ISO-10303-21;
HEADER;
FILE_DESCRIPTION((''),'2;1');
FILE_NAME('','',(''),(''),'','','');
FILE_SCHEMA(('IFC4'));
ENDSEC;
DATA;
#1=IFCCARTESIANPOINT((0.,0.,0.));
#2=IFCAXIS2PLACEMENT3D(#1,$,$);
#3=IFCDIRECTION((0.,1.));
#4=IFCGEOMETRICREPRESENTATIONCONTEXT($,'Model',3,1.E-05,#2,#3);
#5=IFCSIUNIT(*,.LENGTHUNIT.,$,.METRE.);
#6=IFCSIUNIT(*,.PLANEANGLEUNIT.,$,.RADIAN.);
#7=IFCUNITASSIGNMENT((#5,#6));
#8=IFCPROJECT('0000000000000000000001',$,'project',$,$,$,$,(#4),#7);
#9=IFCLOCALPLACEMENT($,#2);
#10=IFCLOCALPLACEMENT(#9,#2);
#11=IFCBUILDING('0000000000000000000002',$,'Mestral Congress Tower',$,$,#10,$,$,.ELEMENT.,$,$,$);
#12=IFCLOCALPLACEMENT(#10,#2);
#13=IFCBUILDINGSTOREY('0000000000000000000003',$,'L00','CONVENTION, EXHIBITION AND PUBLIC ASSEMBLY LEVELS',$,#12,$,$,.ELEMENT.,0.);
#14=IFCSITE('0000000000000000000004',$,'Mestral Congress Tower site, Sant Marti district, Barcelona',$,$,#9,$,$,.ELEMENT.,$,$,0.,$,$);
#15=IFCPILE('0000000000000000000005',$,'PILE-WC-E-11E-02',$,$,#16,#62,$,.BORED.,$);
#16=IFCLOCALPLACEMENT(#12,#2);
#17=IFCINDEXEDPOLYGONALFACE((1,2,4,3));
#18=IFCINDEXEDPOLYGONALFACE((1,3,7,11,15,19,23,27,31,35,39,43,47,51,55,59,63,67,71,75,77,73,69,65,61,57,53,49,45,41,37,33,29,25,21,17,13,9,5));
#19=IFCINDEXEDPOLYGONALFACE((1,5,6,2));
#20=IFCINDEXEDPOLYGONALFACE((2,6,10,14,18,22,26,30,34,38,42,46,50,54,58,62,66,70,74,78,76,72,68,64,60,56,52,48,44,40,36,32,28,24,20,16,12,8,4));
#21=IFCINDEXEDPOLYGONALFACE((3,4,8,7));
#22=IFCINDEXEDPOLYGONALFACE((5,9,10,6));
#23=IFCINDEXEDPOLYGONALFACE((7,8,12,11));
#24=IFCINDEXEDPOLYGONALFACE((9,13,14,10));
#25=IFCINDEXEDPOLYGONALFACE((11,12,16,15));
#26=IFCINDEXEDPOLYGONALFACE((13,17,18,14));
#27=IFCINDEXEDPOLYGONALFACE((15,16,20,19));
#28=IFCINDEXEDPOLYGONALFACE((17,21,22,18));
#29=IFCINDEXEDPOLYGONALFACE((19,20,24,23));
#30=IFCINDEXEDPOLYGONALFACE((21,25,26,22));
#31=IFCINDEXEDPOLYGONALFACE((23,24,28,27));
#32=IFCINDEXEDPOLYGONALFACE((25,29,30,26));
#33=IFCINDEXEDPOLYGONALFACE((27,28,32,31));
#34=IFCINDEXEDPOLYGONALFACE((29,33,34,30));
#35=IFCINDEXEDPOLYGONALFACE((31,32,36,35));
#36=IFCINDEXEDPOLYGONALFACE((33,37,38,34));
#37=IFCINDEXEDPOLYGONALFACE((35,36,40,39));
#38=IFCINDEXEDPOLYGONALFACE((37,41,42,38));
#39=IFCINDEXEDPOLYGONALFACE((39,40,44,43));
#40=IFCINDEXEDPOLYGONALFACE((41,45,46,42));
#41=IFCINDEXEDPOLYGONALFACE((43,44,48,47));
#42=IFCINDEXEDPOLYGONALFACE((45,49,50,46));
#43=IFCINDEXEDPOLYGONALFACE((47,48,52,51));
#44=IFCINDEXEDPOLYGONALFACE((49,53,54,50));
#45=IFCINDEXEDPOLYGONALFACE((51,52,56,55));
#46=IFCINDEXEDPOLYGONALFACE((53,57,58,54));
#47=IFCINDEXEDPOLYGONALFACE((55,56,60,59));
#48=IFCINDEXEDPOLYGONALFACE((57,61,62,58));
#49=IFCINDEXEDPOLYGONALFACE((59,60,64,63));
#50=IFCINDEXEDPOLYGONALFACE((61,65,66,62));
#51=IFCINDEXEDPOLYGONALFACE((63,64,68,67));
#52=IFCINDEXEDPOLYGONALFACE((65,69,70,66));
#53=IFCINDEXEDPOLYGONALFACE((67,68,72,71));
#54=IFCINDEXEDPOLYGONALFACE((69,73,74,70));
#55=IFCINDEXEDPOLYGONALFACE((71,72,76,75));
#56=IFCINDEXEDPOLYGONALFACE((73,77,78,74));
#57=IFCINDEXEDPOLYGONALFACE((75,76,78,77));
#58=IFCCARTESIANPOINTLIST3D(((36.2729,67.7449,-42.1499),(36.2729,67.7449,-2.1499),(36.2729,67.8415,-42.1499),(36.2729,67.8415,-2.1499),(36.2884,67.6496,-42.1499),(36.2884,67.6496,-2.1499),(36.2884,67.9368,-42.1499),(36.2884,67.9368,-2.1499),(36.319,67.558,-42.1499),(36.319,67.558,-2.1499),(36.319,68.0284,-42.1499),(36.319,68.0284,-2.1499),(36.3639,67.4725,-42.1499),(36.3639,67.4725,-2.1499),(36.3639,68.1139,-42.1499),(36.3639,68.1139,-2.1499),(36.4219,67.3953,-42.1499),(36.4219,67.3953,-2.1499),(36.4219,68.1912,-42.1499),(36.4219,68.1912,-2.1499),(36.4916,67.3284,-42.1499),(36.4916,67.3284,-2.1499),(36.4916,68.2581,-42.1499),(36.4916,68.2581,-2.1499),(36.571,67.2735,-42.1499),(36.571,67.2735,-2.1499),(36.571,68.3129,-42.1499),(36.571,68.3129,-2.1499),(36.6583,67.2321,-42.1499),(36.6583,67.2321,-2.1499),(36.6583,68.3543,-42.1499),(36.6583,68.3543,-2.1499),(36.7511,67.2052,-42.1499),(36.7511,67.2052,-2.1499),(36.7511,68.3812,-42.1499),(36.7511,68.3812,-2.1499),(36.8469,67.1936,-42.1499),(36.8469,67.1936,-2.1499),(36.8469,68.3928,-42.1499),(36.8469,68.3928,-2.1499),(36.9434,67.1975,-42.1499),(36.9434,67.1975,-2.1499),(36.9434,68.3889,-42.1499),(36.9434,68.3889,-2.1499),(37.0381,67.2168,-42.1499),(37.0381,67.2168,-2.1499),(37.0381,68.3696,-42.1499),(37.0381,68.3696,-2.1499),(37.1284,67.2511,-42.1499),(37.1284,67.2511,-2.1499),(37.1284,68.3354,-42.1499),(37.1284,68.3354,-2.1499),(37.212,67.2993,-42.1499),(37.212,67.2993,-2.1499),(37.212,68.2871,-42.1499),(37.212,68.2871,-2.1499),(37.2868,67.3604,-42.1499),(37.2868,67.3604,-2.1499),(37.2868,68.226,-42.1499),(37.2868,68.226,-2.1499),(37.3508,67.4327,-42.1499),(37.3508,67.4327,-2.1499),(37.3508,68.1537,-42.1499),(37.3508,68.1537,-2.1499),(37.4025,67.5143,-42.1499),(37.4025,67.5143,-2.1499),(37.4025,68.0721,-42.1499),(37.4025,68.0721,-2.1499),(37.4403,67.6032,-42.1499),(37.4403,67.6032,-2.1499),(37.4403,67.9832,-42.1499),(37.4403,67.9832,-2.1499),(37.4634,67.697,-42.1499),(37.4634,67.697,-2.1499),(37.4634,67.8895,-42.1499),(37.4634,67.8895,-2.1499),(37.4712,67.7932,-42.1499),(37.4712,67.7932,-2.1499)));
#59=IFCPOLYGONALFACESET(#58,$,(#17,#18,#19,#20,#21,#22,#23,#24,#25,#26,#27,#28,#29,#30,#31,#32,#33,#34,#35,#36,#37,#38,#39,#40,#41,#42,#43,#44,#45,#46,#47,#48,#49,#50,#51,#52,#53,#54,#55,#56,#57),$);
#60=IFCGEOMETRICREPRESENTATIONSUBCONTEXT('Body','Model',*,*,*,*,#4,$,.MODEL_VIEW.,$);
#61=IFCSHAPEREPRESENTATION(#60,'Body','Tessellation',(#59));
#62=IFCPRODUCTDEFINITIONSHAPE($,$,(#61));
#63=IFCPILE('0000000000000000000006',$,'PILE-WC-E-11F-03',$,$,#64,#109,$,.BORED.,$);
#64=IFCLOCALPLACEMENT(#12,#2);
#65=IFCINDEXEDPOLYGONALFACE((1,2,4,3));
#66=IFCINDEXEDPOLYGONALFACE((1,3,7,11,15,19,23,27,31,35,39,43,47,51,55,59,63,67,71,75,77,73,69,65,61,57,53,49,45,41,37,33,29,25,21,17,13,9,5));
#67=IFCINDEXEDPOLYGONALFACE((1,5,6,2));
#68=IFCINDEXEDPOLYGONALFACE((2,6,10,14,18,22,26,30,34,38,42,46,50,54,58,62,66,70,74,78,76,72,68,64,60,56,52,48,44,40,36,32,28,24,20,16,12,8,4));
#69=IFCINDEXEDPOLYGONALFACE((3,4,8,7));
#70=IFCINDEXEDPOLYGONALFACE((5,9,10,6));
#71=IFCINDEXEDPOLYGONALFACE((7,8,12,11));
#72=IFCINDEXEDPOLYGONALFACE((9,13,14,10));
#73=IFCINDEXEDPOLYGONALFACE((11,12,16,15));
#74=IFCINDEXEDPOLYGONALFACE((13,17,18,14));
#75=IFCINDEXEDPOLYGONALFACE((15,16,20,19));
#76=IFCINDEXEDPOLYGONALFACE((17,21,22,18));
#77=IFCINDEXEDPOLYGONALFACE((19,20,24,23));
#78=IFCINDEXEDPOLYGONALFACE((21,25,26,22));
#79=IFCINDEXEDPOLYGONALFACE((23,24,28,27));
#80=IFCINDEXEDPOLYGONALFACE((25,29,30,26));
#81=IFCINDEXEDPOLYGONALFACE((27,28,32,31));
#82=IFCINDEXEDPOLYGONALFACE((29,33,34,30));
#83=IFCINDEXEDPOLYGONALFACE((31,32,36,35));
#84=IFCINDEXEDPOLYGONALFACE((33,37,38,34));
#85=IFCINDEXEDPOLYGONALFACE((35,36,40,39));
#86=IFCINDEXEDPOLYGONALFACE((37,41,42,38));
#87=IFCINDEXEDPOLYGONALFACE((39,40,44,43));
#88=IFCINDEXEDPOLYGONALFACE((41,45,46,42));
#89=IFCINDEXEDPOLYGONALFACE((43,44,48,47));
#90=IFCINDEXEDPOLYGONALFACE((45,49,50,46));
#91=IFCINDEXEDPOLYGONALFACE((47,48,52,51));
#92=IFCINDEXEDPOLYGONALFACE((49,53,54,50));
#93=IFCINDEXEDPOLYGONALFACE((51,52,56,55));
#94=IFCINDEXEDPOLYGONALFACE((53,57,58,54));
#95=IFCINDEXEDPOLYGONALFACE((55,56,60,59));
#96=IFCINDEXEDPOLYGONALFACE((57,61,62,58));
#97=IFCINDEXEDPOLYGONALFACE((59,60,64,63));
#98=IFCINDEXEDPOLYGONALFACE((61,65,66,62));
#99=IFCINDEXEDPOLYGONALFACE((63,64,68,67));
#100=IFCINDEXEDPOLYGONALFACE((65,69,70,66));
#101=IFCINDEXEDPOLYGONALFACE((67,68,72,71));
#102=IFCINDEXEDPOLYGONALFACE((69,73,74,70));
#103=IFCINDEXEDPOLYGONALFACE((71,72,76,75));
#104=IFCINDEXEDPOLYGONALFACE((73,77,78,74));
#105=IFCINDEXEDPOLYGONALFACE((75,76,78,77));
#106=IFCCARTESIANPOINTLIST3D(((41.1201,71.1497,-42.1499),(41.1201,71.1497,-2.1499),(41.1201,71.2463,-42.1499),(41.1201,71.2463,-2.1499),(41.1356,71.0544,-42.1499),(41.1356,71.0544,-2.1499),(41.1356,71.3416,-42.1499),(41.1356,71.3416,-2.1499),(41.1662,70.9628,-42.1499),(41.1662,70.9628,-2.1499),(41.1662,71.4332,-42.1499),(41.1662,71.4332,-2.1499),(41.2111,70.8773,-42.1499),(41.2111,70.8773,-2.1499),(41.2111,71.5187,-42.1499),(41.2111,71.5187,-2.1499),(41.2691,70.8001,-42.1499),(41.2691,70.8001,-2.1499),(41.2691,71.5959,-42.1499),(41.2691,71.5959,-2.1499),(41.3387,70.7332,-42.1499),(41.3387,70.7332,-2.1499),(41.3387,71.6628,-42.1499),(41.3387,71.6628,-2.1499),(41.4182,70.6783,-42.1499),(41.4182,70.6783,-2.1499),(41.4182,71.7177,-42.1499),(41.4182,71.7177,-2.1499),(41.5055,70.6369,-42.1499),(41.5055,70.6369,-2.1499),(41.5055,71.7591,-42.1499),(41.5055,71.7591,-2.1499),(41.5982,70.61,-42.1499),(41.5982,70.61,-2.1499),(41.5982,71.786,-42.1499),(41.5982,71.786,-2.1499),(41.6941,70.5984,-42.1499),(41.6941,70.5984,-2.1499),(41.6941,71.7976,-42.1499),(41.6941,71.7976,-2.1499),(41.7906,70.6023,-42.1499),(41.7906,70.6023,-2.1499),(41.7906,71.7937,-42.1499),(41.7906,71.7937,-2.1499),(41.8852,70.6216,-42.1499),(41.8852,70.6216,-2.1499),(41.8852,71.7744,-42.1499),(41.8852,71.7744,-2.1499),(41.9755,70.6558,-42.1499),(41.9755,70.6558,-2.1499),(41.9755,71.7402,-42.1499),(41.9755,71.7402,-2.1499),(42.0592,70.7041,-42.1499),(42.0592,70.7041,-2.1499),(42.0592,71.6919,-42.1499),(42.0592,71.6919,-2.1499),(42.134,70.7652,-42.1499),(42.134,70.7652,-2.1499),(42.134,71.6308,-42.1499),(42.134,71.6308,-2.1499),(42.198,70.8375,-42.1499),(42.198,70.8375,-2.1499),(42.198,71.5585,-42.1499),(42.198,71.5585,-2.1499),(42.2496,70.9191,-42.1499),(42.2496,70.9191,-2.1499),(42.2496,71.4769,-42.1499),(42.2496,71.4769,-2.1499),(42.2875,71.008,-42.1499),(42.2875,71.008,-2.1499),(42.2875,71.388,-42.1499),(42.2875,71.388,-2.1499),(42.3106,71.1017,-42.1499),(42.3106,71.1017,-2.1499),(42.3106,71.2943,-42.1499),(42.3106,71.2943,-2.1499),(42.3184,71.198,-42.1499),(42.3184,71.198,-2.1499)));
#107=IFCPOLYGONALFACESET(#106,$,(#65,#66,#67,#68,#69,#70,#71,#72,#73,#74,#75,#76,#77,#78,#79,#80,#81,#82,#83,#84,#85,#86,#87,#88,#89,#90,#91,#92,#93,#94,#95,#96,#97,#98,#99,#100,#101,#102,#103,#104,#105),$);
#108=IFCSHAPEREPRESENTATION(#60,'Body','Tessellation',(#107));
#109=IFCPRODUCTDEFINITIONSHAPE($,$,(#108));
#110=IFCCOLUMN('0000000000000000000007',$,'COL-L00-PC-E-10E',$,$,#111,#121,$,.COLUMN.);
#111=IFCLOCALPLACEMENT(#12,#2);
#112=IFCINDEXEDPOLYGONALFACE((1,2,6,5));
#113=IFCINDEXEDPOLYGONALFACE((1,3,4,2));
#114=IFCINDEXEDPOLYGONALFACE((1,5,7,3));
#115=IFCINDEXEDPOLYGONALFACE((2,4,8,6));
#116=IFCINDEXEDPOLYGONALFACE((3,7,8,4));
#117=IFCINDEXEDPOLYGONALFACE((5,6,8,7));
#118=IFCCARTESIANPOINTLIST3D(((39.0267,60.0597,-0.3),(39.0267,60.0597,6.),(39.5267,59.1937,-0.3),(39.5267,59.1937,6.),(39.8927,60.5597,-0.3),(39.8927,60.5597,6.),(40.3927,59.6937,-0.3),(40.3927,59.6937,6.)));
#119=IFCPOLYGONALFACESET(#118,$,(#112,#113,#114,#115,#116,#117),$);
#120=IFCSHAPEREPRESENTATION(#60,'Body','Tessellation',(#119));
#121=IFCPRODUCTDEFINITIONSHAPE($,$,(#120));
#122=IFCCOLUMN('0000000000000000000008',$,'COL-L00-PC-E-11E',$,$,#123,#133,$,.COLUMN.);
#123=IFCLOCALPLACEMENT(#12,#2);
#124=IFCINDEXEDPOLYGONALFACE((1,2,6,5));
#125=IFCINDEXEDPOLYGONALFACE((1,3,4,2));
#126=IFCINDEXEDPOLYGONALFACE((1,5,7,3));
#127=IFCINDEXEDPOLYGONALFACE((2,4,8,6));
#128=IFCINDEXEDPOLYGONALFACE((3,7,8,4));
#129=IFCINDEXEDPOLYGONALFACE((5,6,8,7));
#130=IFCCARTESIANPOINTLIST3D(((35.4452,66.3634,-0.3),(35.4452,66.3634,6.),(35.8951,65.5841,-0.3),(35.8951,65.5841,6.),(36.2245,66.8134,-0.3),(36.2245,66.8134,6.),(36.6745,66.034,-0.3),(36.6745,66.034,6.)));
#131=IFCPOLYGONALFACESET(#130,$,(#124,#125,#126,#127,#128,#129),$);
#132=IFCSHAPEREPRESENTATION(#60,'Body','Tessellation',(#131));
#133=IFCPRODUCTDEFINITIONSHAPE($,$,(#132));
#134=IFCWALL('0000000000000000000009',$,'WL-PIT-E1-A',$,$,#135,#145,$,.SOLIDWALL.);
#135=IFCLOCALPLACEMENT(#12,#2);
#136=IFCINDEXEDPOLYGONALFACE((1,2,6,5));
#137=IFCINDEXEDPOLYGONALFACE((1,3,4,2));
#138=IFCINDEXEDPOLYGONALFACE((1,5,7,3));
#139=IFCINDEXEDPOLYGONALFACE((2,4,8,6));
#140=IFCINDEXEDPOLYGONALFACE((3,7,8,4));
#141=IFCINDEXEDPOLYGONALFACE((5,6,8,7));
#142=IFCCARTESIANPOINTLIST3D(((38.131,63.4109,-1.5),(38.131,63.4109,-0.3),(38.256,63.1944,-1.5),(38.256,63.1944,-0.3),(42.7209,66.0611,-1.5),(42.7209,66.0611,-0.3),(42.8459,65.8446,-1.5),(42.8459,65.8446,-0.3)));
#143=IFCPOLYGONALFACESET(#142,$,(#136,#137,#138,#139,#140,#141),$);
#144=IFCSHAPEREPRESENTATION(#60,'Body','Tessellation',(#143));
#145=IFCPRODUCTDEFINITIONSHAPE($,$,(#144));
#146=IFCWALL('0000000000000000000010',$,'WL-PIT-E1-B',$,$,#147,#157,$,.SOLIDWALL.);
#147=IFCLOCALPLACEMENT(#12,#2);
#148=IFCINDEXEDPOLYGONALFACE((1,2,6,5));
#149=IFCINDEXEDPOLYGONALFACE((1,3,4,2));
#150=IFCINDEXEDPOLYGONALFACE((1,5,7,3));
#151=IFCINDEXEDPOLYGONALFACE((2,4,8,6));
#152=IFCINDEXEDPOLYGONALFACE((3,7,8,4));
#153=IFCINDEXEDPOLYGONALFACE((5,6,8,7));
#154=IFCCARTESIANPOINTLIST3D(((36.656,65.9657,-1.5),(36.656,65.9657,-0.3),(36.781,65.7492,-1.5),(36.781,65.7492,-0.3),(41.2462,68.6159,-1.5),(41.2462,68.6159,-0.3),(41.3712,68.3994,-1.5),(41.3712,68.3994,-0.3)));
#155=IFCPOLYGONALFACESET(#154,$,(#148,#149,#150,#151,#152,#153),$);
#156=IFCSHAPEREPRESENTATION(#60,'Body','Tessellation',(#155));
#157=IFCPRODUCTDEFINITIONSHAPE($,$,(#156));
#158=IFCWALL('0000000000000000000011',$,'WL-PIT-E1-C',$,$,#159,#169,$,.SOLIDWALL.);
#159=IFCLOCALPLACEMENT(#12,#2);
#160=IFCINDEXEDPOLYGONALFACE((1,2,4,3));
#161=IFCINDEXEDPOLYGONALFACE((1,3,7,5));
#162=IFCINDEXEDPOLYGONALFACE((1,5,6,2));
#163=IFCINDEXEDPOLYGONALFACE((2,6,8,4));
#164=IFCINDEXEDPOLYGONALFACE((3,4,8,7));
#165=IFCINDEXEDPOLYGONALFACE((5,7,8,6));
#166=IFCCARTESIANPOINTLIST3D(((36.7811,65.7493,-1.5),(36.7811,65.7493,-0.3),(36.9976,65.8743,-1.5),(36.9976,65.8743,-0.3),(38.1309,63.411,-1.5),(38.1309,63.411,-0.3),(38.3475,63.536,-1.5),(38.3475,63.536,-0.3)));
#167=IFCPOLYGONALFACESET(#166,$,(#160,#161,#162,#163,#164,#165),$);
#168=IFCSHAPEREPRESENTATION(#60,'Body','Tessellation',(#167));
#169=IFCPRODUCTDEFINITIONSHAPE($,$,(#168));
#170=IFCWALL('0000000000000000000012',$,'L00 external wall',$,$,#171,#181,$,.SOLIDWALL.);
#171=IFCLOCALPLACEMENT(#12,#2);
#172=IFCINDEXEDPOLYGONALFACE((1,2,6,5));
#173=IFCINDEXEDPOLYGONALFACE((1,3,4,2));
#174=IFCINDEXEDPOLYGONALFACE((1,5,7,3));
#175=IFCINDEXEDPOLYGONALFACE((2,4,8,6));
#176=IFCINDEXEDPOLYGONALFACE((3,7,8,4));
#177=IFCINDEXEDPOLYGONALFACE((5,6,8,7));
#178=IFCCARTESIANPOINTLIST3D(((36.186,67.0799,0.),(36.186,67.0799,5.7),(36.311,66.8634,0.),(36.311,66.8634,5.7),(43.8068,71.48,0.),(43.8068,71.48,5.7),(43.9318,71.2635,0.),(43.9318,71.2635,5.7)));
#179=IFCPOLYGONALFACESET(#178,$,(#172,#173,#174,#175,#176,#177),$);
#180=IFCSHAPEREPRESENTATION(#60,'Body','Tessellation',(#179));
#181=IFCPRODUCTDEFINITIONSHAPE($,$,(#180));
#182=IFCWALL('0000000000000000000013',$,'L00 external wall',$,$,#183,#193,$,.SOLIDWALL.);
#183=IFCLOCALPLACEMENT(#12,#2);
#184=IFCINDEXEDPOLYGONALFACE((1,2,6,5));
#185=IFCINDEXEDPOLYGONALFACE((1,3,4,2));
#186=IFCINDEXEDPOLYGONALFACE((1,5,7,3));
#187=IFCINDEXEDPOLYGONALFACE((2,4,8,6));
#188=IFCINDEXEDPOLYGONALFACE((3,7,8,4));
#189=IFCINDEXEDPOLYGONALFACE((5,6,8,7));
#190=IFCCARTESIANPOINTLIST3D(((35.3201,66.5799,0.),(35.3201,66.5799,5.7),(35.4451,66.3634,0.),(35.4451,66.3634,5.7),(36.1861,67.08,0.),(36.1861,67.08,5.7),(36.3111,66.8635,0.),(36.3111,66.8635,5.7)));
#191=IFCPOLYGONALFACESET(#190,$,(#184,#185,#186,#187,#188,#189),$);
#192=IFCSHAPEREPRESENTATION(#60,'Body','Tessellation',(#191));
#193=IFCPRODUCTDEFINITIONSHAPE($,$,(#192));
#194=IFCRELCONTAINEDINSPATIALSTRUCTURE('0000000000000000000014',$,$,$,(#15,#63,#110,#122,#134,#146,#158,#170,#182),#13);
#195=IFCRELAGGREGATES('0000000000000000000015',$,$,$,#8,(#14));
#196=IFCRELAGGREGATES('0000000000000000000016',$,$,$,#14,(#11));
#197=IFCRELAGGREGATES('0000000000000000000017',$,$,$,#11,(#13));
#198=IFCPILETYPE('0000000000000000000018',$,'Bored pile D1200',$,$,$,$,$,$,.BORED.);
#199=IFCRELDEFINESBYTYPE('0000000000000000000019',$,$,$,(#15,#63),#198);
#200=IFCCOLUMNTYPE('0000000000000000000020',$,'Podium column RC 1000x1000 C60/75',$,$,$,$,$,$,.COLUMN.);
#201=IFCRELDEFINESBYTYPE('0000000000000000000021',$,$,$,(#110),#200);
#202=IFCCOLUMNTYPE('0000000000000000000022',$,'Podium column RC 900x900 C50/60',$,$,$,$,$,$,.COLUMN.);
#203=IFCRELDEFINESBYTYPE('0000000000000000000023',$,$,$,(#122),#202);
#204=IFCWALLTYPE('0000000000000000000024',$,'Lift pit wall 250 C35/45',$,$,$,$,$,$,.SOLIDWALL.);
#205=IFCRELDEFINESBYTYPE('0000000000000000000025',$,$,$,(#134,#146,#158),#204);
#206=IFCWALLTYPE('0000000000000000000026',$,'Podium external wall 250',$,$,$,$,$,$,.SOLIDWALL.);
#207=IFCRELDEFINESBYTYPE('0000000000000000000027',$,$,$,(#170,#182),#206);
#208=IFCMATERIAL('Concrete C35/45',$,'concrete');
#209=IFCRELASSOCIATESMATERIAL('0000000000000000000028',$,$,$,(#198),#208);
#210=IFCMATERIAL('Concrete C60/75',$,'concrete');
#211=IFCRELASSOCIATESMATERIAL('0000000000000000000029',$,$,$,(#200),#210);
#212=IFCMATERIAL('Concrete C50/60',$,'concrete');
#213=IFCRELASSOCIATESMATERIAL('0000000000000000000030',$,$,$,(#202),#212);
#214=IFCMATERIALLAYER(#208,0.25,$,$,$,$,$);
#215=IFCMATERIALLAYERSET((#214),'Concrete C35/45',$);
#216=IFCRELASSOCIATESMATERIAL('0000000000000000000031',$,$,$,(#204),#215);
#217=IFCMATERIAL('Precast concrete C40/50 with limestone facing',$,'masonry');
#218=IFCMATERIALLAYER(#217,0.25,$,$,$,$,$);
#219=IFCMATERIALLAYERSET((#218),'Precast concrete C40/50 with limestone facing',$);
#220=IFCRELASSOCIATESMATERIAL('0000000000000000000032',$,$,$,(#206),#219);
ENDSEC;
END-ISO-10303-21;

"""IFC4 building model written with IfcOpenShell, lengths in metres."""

from ifc_helpers import new_model, si_unit, direction, frame, frame_2d, origin, origin_2d, place, context, subcontext, project, spatial, rectangle, circle, extrude, material, layer, layer_set, material_profile, profile_set, type_object, element, save


model = new_model("IFC4")

# Units and contexts
model_context = context("Model", 3, precision=1e-05, world=origin(), true_north=direction((0.0, 1.0)))
body_context = subcontext(model_context, "Body", "Model", "MODEL_VIEW")
ifc_project = project(units=[si_unit("LENGTHUNIT", "METRE"), si_unit("PLANEANGLEUNIT", "RADIAN")], contexts=[model_context])

# Site, building, storey
site_placement = place(None, origin())
site = spatial("IfcSite", under=ifc_project, at=site_placement, Name="Mestral Congress Tower site, Sant Marti district, Barcelona", CompositionType="ELEMENT", RefElevation=0.0)
building_placement = place(site_placement, origin())
building = spatial("IfcBuilding", under=site, at=building_placement, Name="Mestral Congress Tower", CompositionType="ELEMENT")
storey_placement = place(building_placement, origin())
storey = spatial("IfcBuildingStorey", under=building, at=storey_placement, Name="L00", Description="CONVENTION, EXHIBITION AND PUBLIC ASSEMBLY LEVELS", CompositionType="ELEMENT", Elevation=0.0)

# Piles
ifc_material_1 = material(Name="Concrete C35/45", Category="concrete")
ifc_material_profile_1 = material_profile(ifc_material_1, circle(Radius=0.6001, at=origin_2d()), Name="D1200")
ifc_profile_set_1 = profile_set([ifc_material_profile_1], Name="Concrete C35/45")
pile_type = type_object("IfcPileType", Name="Bored pile D1200", PredefinedType="BORED", material=ifc_profile_set_1)
for number, where, z_axis, x_axis, name in (
    (1, (36.8711, 67.7932, -2.1499), (0.0, 0.0, -1.0), (1.0, 0.0, 0.0), "PILE-WC-E-11E-02"),
    (2, (41.7183, 71.198, -2.1499), (0.0, 0.0, -1.0), (1.0, 0.0, 0.0), "PILE-WC-E-11F-03"),
):
    element("IfcPile", number, at=place(storey_placement, frame(where, z_axis=z_axis, x_axis=x_axis)), inside=storey, type_object=pile_type, Name=name, PredefinedType="BORED", context=body_context, shape_type="SweptSolid", body=[
        extrude(circle(Radius=0.6001, at=origin_2d()), origin(), (0.0, 0.0, 1.0), 40.0),
    ])

# Columns
ifc_material_2 = material(Name="Concrete C60/75", Category="concrete")
ifc_material_profile_2 = material_profile(ifc_material_2, rectangle(XDim=1.0, YDim=1.0, at=origin_2d()), Name="RC 1000x1000")
ifc_profile_set_2 = profile_set([ifc_material_profile_2], Name="Concrete C60/75")
column_type_1 = type_object("IfcColumnType", Name="Podium column RC 1000x1000 C60/75", PredefinedType="COLUMN", material=ifc_profile_set_2)
column_1_placement = place(storey_placement, frame((39.7097, 59.8767, -0.3), z_axis=(0.0, 0.0, 1.0), x_axis=(-0.5, 0.866025, 0.0)))
element("IfcColumn", 3, at=column_1_placement, inside=storey, type_object=column_type_1, Name="COL-L00-PC-E-10E", PredefinedType="COLUMN", context=body_context, shape_type="SweptSolid", body=[
    extrude(rectangle(XDim=1.0, YDim=1.0, at=origin_2d()), origin(), (0.0, 0.0, 1.0), 6.3),
])
ifc_material_3 = material(Name="Concrete C50/60", Category="concrete")
ifc_material_profile_3 = material_profile(ifc_material_3, rectangle(XDim=0.8999, YDim=0.8999, at=origin_2d()), Name="RC 900x900")
ifc_profile_set_3 = profile_set([ifc_material_profile_3], Name="Concrete C50/60")
column_type_2 = type_object("IfcColumnType", Name="Podium column RC 900x900 C50/60", PredefinedType="COLUMN", material=ifc_profile_set_3)
column_2_placement = place(storey_placement, frame((36.0598, 66.1987, -0.3), z_axis=(0.0, 0.0, 1.0), x_axis=(-0.5, 0.866025, 0.0)))
element("IfcColumn", 4, at=column_2_placement, inside=storey, type_object=column_type_2, Name="COL-L00-PC-E-11E", PredefinedType="COLUMN", context=body_context, shape_type="SweptSolid", body=[
    extrude(rectangle(XDim=0.8999, YDim=0.8999, at=origin_2d()), origin(), (0.0, 0.0, 1.0), 6.3),
])

# Walls
ifc_layer_1 = layer(ifc_material_1, 0.25)
ifc_layer_set_1 = layer_set([ifc_layer_1], Name="Concrete C35/45")
wall_type_1 = type_object("IfcWallType", Name="Lift pit wall 250 C35/45", PredefinedType="SOLIDWALL", material=ifc_layer_set_1)
wall_1_placement = place(storey_placement, frame((38.1936, 63.3027, -1.5), z_axis=(0.0, 0.0, 1.0), x_axis=(0.866009, 0.500028, 0.0)))
element("IfcWall", 5, at=wall_1_placement, inside=storey, type_object=wall_type_1, Name="WL-PIT-E1-A", PredefinedType="SOLIDWALL", context=body_context, shape_type="SweptSolid", body=[
    extrude(rectangle(XDim=5.3, YDim=0.25, at=frame_2d((2.6499, 0.0))), origin(), (0.0, 0.0, 1.0), 1.2),
])
wall_2_placement = place(storey_placement, frame((36.7185, 65.8574, -1.5), z_axis=(0.0, 0.0, 1.0), x_axis=(0.866021, 0.500008, 0.0)))
element("IfcWall", 6, at=wall_2_placement, inside=storey, type_object=wall_type_1, Name="WL-PIT-E1-B", PredefinedType="SOLIDWALL", context=body_context, shape_type="SweptSolid", body=[
    extrude(rectangle(XDim=5.3003, YDim=0.25, at=frame_2d((2.6501, 0.0))), origin(), (0.0, 0.0, 1.0), 1.2),
])
wall_3_placement = place(storey_placement, frame((38.2393, 63.4734, -1.5), z_axis=(0.0, 0.0, 1.0), x_axis=(-0.499942, 0.866059, 0.0)))
element("IfcWall", 7, at=wall_3_placement, inside=storey, type_object=wall_type_1, Name="WL-PIT-E1-C", PredefinedType="SOLIDWALL", context=body_context, shape_type="SweptSolid", body=[
    extrude(rectangle(XDim=2.7, YDim=0.25, at=frame_2d((1.3501, 0.0))), origin(), (0.0, 0.0, 1.0), 1.2),
])
ifc_material_4 = material(Name="Precast concrete C40/50 with limestone facing", Category="masonry")
ifc_layer_2 = layer(ifc_material_4, 0.25)
ifc_layer_set_2 = layer_set([ifc_layer_2], Name="Precast concrete C40/50 with limestone facing")
wall_type_2 = type_object("IfcWallType", Name="Podium external wall 250", PredefinedType="SOLIDWALL", material=ifc_layer_set_2)
wall_4_placement = place(storey_placement, frame((36.2485, 66.9717, 0.0), z_axis=(0.0, 0.0, 1.0), x_axis=(0.866013, 0.500021, 0.0)))
element("IfcWall", 8, at=wall_4_placement, inside=storey, type_object=wall_type_2, Name="L00 external wall", PredefinedType="SOLIDWALL", context=body_context, shape_type="SweptSolid", body=[
    extrude(rectangle(XDim=8.7998, YDim=0.25, at=frame_2d((4.3999, 0.0))), origin(), (0.0, 0.0, 1.0), 5.7),
])
wall_5_placement = place(storey_placement, frame((35.3826, 66.4717, 0.0), z_axis=(0.0, 0.0, 1.0), x_axis=(0.866011, 0.500025, 0.0)))
element("IfcWall", 9, at=wall_5_placement, inside=storey, type_object=wall_type_2, Name="L00 external wall", PredefinedType="SOLIDWALL", context=body_context, shape_type="SweptSolid", body=[
    extrude(rectangle(XDim=1.0, YDim=0.25, at=frame_2d((0.5, 0.0))), origin(), (0.0, 0.0, 1.0), 5.7),
])

save(model, "model.ifc")
